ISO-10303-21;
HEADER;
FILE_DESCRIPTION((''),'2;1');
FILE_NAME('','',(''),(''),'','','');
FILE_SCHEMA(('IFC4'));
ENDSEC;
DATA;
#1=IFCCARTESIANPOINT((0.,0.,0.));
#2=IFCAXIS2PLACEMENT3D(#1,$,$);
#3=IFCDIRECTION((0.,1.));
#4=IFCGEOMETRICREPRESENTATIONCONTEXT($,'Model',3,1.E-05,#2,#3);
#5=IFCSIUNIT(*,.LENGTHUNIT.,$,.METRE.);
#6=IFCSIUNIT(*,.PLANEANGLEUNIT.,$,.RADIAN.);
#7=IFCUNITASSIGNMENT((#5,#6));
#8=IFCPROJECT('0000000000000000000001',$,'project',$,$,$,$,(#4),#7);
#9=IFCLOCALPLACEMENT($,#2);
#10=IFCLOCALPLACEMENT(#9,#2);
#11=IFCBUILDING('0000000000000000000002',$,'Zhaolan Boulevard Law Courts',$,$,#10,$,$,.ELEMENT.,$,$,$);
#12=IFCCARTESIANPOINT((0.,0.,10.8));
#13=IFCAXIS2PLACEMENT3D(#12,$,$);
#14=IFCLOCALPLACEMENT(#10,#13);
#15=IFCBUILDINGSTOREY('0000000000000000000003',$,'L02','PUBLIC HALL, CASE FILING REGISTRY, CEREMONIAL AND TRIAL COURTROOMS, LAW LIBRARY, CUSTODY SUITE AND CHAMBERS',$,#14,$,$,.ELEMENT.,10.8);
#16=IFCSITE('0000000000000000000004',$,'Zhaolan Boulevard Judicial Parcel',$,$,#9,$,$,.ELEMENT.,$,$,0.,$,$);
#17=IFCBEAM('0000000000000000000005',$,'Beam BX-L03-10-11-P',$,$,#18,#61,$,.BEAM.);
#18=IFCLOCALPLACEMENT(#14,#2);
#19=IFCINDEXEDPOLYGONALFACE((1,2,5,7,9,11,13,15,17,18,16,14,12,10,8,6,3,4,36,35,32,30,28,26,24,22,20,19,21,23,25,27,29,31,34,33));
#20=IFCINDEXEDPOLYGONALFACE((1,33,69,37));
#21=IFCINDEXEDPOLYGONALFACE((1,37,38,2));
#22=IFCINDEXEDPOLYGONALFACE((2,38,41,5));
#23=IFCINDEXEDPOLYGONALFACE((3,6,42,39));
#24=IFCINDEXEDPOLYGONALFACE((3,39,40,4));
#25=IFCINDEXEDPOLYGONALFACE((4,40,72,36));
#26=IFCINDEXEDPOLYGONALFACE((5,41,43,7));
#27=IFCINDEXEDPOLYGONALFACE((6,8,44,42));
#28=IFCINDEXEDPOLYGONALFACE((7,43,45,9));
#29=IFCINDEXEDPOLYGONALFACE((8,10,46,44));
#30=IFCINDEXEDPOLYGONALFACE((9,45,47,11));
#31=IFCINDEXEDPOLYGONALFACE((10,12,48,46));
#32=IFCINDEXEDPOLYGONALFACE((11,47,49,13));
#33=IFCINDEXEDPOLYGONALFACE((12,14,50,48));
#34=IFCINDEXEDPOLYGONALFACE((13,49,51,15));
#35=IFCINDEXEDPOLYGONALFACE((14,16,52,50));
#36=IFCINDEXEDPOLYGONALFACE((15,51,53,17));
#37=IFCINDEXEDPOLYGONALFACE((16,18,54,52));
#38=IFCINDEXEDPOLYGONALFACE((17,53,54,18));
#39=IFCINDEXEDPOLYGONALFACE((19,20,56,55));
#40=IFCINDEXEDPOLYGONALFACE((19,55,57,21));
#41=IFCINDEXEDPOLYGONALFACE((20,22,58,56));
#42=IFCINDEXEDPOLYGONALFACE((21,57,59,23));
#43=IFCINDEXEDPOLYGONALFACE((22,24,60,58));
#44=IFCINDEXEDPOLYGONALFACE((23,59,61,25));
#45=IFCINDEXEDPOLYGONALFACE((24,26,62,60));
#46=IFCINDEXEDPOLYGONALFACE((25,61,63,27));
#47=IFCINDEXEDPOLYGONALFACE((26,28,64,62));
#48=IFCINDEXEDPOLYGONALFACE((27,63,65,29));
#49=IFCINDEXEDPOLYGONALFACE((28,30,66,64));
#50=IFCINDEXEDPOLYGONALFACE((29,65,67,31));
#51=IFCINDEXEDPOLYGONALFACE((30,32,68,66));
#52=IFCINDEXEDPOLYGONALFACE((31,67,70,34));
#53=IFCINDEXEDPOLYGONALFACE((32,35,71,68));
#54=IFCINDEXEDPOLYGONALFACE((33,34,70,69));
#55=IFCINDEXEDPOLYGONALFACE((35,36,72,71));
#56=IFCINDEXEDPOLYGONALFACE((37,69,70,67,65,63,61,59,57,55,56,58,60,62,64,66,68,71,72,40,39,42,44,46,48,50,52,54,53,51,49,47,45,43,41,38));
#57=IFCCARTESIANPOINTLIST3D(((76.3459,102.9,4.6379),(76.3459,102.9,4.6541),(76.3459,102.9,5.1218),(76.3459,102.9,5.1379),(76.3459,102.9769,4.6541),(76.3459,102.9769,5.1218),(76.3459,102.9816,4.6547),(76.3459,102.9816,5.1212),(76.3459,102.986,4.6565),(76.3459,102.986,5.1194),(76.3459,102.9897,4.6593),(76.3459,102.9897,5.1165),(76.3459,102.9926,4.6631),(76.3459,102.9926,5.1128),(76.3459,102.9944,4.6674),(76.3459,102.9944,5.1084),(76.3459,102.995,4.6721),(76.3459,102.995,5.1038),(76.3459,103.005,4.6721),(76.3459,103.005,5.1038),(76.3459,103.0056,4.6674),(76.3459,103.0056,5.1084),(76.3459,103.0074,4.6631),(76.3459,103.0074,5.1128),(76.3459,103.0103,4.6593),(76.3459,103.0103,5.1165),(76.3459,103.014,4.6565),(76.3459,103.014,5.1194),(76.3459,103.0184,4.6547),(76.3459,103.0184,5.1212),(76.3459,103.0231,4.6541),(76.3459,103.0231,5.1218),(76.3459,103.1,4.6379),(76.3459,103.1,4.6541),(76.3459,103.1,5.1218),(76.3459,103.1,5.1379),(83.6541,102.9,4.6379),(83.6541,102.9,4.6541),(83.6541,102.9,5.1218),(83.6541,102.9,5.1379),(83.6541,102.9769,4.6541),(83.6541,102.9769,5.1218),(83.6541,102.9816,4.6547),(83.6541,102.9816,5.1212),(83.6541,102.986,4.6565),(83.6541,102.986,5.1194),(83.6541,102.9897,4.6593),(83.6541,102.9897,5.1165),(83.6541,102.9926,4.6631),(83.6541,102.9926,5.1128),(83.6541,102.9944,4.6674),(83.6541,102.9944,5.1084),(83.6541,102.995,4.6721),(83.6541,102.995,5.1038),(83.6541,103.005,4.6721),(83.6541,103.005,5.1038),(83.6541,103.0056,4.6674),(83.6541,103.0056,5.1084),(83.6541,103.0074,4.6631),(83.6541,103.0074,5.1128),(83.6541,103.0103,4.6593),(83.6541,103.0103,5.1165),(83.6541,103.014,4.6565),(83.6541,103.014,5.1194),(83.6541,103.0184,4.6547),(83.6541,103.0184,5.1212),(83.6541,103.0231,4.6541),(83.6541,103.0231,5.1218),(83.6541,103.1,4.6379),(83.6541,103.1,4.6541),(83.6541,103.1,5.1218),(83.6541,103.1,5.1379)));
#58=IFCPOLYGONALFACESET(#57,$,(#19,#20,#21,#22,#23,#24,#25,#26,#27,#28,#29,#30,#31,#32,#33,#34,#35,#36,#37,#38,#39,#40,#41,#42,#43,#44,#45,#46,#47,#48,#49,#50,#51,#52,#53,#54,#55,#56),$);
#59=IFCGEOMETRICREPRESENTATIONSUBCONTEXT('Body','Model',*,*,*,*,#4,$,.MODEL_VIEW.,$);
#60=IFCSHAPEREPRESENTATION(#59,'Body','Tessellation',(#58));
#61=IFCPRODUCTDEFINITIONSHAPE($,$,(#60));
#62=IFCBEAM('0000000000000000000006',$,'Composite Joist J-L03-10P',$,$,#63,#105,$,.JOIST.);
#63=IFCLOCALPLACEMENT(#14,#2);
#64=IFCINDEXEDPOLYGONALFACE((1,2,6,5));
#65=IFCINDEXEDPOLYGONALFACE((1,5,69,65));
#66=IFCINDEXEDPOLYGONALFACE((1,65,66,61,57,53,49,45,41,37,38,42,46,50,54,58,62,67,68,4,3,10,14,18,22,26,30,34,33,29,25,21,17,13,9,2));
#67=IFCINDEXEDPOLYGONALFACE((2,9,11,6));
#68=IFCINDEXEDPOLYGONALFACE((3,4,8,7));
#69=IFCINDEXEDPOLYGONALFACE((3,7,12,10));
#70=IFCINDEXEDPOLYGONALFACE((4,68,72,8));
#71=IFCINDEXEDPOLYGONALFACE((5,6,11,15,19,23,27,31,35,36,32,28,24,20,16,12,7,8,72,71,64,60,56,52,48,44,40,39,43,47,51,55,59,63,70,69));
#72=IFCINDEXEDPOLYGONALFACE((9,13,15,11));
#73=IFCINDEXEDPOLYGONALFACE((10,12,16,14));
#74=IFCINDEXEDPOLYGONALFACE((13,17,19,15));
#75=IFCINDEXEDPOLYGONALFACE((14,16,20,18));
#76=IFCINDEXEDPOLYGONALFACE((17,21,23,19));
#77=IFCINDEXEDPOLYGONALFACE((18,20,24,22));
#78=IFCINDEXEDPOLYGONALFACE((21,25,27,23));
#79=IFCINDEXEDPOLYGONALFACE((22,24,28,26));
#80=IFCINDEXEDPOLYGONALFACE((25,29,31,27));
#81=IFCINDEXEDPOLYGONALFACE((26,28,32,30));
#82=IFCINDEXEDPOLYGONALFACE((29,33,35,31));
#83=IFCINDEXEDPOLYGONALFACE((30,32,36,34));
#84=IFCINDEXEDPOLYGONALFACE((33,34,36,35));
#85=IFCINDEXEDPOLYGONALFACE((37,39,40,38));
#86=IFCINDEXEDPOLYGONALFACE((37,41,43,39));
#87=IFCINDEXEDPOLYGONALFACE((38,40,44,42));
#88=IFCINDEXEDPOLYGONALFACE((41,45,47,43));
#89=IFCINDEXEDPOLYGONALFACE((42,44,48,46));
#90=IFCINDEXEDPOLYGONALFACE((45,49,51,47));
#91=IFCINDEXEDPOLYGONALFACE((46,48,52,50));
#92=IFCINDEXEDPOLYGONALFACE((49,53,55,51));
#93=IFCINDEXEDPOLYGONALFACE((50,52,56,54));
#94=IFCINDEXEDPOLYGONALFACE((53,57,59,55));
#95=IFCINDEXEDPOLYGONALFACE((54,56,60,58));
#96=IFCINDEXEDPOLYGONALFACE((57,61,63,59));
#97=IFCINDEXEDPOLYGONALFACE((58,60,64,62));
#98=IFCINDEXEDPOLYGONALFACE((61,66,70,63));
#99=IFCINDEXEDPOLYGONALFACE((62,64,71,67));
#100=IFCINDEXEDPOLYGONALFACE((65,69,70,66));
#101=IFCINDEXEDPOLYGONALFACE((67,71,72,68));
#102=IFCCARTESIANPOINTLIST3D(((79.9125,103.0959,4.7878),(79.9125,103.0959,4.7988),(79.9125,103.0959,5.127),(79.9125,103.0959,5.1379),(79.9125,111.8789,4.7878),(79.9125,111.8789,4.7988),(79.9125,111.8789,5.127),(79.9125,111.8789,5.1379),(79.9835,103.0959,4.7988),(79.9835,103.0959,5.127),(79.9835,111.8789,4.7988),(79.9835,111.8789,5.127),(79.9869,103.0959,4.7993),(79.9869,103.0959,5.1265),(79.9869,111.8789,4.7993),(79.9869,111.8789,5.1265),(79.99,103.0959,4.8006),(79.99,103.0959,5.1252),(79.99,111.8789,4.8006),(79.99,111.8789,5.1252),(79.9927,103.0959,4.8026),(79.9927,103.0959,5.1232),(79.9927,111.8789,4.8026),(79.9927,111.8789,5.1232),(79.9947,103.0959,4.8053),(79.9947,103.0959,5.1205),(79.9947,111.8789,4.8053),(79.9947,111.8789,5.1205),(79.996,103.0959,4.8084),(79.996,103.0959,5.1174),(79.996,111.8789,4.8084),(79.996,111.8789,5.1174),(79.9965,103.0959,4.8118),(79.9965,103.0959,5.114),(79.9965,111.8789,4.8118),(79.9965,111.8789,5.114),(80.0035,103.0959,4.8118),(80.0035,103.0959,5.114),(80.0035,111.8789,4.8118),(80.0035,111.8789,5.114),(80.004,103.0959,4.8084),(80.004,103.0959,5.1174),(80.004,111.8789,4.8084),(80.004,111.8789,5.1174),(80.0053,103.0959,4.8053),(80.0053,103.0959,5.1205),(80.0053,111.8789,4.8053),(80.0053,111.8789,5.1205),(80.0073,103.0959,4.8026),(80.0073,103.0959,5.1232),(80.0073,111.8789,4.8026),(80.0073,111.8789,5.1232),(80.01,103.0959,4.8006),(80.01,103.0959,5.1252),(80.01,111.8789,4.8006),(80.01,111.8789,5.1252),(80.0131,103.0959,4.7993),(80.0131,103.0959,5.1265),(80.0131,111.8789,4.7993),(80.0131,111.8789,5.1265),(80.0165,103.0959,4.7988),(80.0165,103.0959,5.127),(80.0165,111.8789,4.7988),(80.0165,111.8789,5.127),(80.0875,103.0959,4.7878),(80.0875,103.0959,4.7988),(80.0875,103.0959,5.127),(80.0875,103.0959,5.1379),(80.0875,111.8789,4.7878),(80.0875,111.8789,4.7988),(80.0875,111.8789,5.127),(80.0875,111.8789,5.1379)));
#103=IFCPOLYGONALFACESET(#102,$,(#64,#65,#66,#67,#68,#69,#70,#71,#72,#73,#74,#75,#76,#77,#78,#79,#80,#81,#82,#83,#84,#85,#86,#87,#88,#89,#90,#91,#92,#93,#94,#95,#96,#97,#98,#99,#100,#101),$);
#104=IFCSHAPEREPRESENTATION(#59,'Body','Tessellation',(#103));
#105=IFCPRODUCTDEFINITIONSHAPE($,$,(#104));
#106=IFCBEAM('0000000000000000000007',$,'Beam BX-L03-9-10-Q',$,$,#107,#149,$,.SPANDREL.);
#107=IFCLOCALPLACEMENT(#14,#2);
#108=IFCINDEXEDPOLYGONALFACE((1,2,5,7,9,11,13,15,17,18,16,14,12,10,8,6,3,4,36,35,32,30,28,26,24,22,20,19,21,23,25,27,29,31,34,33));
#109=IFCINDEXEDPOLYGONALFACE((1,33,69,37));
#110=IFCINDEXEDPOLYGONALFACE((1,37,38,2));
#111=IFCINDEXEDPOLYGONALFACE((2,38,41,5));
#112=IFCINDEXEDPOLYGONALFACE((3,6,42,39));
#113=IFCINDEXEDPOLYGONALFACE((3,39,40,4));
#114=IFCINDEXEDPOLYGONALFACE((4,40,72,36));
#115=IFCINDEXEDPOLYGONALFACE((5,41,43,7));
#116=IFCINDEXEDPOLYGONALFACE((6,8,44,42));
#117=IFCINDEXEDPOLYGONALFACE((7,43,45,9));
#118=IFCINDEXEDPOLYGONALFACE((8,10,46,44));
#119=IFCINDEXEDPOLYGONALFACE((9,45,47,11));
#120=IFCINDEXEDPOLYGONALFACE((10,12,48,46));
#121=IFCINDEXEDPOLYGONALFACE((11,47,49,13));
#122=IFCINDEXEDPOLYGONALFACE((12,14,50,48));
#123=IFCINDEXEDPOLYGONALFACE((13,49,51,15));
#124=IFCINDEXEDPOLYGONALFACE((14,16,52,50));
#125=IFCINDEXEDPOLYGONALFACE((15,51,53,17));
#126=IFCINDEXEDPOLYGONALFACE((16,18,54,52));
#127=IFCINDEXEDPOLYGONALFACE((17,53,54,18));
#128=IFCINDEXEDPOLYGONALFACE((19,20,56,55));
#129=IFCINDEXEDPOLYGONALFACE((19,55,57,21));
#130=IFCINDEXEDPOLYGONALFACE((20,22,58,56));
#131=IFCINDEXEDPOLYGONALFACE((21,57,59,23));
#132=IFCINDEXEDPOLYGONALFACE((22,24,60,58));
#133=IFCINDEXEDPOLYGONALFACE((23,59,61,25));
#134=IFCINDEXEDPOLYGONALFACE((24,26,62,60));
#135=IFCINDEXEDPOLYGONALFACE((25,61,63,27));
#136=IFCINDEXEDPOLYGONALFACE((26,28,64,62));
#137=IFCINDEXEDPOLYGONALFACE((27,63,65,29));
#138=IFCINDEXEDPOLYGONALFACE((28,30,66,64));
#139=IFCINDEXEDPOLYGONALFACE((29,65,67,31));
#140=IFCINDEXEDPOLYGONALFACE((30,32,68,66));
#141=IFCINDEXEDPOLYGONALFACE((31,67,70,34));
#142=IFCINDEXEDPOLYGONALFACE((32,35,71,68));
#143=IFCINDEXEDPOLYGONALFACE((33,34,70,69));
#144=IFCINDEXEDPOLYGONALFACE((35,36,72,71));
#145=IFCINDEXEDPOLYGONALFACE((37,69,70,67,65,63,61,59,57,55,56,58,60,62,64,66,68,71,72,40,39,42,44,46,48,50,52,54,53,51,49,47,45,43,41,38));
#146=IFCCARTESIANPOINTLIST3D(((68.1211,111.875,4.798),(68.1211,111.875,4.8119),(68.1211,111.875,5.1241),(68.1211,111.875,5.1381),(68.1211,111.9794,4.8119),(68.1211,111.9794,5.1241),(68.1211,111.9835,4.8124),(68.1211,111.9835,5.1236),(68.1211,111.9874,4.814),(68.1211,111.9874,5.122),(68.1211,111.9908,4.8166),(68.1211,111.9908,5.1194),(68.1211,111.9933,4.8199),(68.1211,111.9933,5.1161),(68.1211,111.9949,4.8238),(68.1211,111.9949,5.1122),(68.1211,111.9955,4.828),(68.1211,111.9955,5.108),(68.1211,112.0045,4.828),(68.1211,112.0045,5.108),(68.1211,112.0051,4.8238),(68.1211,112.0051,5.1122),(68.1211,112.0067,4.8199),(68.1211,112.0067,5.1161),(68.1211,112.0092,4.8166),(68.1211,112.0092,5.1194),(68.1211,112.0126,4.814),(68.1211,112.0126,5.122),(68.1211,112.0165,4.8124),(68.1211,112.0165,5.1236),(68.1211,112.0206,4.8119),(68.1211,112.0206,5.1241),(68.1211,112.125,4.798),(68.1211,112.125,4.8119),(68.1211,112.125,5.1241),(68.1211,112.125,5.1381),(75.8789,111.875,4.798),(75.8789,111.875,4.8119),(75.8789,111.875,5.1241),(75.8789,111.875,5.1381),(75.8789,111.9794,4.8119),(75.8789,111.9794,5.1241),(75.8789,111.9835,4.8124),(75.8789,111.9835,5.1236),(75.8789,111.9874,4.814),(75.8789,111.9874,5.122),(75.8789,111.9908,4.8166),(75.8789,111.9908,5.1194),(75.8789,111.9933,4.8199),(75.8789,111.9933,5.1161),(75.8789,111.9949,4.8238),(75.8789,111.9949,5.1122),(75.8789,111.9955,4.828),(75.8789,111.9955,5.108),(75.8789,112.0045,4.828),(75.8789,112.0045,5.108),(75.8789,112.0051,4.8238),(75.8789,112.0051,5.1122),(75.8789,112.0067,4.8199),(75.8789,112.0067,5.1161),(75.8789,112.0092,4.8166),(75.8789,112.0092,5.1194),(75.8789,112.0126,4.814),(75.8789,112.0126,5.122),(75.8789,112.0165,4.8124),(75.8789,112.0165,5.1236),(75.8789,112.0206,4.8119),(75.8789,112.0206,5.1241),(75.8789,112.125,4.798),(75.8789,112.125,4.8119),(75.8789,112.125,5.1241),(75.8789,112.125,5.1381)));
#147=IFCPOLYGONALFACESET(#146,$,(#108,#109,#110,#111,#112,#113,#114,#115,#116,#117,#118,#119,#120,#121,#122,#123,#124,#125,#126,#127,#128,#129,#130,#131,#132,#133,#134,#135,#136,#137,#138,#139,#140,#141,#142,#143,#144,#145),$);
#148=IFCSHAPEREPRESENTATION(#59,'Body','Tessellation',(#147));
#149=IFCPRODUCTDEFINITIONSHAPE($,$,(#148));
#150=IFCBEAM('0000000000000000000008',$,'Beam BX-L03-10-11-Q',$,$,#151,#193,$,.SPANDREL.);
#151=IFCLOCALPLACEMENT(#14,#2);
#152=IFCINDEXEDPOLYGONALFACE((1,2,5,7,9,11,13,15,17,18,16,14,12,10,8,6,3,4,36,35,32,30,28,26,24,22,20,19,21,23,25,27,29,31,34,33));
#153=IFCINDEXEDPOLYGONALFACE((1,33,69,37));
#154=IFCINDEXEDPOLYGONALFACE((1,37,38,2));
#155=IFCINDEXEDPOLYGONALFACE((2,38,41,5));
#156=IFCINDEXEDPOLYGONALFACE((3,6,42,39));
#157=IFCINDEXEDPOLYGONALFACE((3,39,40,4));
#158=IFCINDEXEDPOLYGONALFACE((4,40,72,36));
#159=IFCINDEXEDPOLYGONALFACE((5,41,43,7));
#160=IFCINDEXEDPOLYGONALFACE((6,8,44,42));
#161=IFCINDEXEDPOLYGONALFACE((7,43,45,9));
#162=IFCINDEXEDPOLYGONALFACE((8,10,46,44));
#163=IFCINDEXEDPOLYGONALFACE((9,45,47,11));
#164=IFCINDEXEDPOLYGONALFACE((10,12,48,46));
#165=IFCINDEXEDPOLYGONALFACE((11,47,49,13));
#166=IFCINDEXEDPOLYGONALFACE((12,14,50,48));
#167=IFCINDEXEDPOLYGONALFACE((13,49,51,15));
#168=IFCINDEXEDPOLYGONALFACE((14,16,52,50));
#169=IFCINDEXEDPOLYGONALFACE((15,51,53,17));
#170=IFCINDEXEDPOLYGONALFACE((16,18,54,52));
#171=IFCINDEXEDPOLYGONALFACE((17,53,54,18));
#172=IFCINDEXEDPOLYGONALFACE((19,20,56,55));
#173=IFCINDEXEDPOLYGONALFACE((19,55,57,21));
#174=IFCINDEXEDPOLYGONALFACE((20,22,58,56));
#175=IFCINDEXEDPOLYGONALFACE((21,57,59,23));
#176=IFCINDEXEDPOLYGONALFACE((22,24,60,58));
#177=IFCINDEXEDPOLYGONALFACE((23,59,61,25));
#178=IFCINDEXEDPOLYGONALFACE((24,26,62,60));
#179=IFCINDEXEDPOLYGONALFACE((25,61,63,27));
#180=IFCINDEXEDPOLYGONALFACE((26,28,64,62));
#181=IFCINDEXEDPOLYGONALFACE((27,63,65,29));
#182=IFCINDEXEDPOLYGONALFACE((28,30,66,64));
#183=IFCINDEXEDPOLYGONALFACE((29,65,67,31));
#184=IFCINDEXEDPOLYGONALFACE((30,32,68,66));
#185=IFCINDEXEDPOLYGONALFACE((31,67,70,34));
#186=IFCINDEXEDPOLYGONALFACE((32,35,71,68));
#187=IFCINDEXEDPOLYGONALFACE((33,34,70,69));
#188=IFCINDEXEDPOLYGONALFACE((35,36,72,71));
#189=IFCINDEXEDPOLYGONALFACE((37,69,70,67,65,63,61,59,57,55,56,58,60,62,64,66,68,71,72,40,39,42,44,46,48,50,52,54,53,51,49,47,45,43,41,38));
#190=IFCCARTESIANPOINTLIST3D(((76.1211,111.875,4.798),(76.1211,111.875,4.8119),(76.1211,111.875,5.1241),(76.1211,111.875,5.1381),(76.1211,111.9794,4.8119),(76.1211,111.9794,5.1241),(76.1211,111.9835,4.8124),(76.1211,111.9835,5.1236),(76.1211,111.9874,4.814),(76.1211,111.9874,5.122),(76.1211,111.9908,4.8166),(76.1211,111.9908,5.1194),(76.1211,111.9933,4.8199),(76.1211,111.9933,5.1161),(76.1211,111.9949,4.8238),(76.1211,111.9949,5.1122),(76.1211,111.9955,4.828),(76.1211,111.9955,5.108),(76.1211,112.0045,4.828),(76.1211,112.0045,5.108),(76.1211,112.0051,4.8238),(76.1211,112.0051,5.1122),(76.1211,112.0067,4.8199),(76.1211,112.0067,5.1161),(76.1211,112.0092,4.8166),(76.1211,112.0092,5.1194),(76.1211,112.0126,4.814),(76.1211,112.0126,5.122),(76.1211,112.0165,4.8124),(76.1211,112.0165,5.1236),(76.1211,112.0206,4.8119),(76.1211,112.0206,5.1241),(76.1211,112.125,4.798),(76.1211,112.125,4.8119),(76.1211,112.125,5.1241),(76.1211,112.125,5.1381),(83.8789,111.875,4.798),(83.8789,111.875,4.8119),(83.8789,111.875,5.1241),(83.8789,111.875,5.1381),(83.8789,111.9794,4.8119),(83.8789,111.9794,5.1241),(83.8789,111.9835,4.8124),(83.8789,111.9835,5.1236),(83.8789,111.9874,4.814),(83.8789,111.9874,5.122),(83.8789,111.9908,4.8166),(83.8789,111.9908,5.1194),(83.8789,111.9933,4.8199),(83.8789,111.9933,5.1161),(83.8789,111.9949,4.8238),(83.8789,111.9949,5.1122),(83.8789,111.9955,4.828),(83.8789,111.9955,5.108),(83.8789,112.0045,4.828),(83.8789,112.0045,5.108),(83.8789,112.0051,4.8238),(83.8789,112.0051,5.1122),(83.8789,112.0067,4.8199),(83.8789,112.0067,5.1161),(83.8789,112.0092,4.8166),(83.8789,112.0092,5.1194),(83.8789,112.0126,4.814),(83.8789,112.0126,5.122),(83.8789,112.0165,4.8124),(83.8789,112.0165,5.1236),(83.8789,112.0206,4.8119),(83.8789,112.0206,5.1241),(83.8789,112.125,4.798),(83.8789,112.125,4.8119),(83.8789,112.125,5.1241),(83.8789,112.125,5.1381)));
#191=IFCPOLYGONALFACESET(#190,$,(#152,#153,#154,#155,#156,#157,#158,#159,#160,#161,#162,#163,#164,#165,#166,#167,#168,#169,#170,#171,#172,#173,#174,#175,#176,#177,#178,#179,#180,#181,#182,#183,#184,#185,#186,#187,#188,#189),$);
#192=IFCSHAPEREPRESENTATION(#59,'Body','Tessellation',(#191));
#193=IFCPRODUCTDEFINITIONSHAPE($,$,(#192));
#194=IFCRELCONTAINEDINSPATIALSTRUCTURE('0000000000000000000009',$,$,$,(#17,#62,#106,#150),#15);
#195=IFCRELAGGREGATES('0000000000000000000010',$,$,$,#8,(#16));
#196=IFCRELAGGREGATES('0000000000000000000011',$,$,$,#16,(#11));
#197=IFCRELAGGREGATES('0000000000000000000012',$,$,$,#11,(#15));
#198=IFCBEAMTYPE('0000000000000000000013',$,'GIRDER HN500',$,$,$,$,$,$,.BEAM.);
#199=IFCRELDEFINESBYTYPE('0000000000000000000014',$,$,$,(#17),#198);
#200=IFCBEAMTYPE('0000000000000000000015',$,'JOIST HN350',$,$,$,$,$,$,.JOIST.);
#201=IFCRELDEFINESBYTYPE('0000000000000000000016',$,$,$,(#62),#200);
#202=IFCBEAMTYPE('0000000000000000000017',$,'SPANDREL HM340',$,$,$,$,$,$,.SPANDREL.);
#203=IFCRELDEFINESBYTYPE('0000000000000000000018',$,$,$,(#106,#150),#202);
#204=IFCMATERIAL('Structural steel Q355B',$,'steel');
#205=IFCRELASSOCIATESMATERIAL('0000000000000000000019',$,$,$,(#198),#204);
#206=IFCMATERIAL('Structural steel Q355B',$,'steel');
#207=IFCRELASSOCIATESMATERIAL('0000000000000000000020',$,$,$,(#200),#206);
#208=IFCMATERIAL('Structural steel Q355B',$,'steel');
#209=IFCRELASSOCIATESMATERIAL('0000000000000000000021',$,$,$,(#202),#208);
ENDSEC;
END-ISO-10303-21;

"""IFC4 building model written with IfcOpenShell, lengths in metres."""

from ifc_helpers import new_model, si_unit, direction, frame, origin, origin_2d, place, context, subcontext, project, spatial, i_section, extrude, material, material_profile, profile_set, type_object, element, save


model = new_model("IFC4")

# Units and contexts
model_context = context("Model", 3, precision=1e-05, world=origin(), true_north=direction((0.0, 1.0)))
body_context = subcontext(model_context, "Body", "Model", "MODEL_VIEW")
ifc_project = project(units=[si_unit("LENGTHUNIT", "METRE"), si_unit("PLANEANGLEUNIT", "RADIAN")], contexts=[model_context])

# Site, building, storey
site_placement = place(None, origin())
site = spatial("IfcSite", under=ifc_project, at=site_placement, Name="Zhaolan Boulevard Judicial Parcel", CompositionType="ELEMENT", RefElevation=0.0)
building_placement = place(site_placement, origin())
building = spatial("IfcBuilding", under=site, at=building_placement, Name="Zhaolan Boulevard Law Courts", CompositionType="ELEMENT")
storey_placement = place(building_placement, frame((0.0, 0.0, 10.8)))
storey = spatial("IfcBuildingStorey", under=building, at=storey_placement, Name="L02", Description="PUBLIC HALL, CASE FILING REGISTRY, CEREMONIAL AND TRIAL COURTROOMS, LAW LIBRARY, CUSTODY SUITE AND CHAMBERS", CompositionType="ELEMENT", Elevation=10.8)

# Beams
ifc_material_1 = material(Name="Structural steel Q355B", Category="steel")
ifc_material_profile_1 = material_profile(ifc_material_1, i_section(OverallWidth=0.2, OverallDepth=0.5, WebThickness=0.01, FlangeThickness=0.0161, FilletRadius=0.0181, at=origin_2d()), Name="HN500x200")
ifc_profile_set_1 = profile_set([ifc_material_profile_1], Name="Structural steel Q355B")
beam_type_1 = type_object("IfcBeamType", Name="GIRDER HN500", PredefinedType="BEAM", material=ifc_profile_set_1)
beam_1_placement = place(storey_placement, frame((76.3459, 103.0, 4.8879), z_axis=(1.0, 0.0, 0.0), x_axis=(0.0, 1.0, 0.0)))
element("IfcBeam", 1, at=beam_1_placement, inside=storey, type_object=beam_type_1, Name="Beam BX-L03-10-11-P", PredefinedType="BEAM", context=body_context, shape_type="SweptSolid", body=[
    extrude(i_section(OverallWidth=0.2, OverallDepth=0.5, WebThickness=0.01, FlangeThickness=0.0161, FilletRadius=0.0181, at=origin_2d()), origin(), (0.0, 0.0, 1.0), 7.3081),
])
ifc_material_2 = material(Name="Structural steel Q355B", Category="steel")
ifc_material_profile_2 = material_profile(ifc_material_2, i_section(OverallWidth=0.175, OverallDepth=0.3501, WebThickness=0.0071, FlangeThickness=0.011, FilletRadius=0.0129, at=origin_2d()), Name="HN350x175")
ifc_profile_set_2 = profile_set([ifc_material_profile_2], Name="Structural steel Q355B")
beam_type_2 = type_object("IfcBeamType", Name="JOIST HN350", PredefinedType="JOIST", material=ifc_profile_set_2)
beam_2_placement = place(storey_placement, frame((80.0, 103.0959, 4.9629), z_axis=(0.0, 1.0, 0.0), x_axis=(-1.0, 0.0, 0.0)))
element("IfcBeam", 2, at=beam_2_placement, inside=storey, type_object=beam_type_2, Name="Composite Joist J-L03-10P", PredefinedType="JOIST", context=body_context, shape_type="SweptSolid", body=[
    extrude(i_section(OverallWidth=0.175, OverallDepth=0.3501, WebThickness=0.0071, FlangeThickness=0.011, FilletRadius=0.0129, at=origin_2d()), origin(), (0.0, 0.0, 1.0), 8.783),
])
ifc_material_3 = material(Name="Structural steel Q355B", Category="steel")
ifc_material_profile_3 = material_profile(ifc_material_3, i_section(OverallWidth=0.25, OverallDepth=0.3401, WebThickness=0.009, FlangeThickness=0.0139, FilletRadius=0.0161, at=origin_2d()), Name="HM340x250")
ifc_profile_set_3 = profile_set([ifc_material_profile_3], Name="Structural steel Q355B")
beam_type_3 = type_object("IfcBeamType", Name="SPANDREL HM340", PredefinedType="SPANDREL", material=ifc_profile_set_3)
for number, where, z_axis, x_axis, name in (
    (3, (68.1211, 112.0, 4.968), (1.0, 0.0, 0.0), (0.0, 1.0, 0.0), "Beam BX-L03-9-10-Q"),
    (4, (76.1211, 112.0, 4.968), (1.0, 0.0, 0.0), (0.0, 1.0, 0.0), "Beam BX-L03-10-11-Q"),
):
    element("IfcBeam", number, at=place(storey_placement, frame(where, z_axis=z_axis, x_axis=x_axis)), inside=storey, type_object=beam_type_3, Name=name, PredefinedType="SPANDREL", context=body_context, shape_type="SweptSolid", body=[
        extrude(i_section(OverallWidth=0.25, OverallDepth=0.3401, WebThickness=0.009, FlangeThickness=0.0139, FilletRadius=0.0161, at=origin_2d()), origin(), (0.0, 0.0, 1.0), 7.7578),
    ])

save(model, "model.ifc")
